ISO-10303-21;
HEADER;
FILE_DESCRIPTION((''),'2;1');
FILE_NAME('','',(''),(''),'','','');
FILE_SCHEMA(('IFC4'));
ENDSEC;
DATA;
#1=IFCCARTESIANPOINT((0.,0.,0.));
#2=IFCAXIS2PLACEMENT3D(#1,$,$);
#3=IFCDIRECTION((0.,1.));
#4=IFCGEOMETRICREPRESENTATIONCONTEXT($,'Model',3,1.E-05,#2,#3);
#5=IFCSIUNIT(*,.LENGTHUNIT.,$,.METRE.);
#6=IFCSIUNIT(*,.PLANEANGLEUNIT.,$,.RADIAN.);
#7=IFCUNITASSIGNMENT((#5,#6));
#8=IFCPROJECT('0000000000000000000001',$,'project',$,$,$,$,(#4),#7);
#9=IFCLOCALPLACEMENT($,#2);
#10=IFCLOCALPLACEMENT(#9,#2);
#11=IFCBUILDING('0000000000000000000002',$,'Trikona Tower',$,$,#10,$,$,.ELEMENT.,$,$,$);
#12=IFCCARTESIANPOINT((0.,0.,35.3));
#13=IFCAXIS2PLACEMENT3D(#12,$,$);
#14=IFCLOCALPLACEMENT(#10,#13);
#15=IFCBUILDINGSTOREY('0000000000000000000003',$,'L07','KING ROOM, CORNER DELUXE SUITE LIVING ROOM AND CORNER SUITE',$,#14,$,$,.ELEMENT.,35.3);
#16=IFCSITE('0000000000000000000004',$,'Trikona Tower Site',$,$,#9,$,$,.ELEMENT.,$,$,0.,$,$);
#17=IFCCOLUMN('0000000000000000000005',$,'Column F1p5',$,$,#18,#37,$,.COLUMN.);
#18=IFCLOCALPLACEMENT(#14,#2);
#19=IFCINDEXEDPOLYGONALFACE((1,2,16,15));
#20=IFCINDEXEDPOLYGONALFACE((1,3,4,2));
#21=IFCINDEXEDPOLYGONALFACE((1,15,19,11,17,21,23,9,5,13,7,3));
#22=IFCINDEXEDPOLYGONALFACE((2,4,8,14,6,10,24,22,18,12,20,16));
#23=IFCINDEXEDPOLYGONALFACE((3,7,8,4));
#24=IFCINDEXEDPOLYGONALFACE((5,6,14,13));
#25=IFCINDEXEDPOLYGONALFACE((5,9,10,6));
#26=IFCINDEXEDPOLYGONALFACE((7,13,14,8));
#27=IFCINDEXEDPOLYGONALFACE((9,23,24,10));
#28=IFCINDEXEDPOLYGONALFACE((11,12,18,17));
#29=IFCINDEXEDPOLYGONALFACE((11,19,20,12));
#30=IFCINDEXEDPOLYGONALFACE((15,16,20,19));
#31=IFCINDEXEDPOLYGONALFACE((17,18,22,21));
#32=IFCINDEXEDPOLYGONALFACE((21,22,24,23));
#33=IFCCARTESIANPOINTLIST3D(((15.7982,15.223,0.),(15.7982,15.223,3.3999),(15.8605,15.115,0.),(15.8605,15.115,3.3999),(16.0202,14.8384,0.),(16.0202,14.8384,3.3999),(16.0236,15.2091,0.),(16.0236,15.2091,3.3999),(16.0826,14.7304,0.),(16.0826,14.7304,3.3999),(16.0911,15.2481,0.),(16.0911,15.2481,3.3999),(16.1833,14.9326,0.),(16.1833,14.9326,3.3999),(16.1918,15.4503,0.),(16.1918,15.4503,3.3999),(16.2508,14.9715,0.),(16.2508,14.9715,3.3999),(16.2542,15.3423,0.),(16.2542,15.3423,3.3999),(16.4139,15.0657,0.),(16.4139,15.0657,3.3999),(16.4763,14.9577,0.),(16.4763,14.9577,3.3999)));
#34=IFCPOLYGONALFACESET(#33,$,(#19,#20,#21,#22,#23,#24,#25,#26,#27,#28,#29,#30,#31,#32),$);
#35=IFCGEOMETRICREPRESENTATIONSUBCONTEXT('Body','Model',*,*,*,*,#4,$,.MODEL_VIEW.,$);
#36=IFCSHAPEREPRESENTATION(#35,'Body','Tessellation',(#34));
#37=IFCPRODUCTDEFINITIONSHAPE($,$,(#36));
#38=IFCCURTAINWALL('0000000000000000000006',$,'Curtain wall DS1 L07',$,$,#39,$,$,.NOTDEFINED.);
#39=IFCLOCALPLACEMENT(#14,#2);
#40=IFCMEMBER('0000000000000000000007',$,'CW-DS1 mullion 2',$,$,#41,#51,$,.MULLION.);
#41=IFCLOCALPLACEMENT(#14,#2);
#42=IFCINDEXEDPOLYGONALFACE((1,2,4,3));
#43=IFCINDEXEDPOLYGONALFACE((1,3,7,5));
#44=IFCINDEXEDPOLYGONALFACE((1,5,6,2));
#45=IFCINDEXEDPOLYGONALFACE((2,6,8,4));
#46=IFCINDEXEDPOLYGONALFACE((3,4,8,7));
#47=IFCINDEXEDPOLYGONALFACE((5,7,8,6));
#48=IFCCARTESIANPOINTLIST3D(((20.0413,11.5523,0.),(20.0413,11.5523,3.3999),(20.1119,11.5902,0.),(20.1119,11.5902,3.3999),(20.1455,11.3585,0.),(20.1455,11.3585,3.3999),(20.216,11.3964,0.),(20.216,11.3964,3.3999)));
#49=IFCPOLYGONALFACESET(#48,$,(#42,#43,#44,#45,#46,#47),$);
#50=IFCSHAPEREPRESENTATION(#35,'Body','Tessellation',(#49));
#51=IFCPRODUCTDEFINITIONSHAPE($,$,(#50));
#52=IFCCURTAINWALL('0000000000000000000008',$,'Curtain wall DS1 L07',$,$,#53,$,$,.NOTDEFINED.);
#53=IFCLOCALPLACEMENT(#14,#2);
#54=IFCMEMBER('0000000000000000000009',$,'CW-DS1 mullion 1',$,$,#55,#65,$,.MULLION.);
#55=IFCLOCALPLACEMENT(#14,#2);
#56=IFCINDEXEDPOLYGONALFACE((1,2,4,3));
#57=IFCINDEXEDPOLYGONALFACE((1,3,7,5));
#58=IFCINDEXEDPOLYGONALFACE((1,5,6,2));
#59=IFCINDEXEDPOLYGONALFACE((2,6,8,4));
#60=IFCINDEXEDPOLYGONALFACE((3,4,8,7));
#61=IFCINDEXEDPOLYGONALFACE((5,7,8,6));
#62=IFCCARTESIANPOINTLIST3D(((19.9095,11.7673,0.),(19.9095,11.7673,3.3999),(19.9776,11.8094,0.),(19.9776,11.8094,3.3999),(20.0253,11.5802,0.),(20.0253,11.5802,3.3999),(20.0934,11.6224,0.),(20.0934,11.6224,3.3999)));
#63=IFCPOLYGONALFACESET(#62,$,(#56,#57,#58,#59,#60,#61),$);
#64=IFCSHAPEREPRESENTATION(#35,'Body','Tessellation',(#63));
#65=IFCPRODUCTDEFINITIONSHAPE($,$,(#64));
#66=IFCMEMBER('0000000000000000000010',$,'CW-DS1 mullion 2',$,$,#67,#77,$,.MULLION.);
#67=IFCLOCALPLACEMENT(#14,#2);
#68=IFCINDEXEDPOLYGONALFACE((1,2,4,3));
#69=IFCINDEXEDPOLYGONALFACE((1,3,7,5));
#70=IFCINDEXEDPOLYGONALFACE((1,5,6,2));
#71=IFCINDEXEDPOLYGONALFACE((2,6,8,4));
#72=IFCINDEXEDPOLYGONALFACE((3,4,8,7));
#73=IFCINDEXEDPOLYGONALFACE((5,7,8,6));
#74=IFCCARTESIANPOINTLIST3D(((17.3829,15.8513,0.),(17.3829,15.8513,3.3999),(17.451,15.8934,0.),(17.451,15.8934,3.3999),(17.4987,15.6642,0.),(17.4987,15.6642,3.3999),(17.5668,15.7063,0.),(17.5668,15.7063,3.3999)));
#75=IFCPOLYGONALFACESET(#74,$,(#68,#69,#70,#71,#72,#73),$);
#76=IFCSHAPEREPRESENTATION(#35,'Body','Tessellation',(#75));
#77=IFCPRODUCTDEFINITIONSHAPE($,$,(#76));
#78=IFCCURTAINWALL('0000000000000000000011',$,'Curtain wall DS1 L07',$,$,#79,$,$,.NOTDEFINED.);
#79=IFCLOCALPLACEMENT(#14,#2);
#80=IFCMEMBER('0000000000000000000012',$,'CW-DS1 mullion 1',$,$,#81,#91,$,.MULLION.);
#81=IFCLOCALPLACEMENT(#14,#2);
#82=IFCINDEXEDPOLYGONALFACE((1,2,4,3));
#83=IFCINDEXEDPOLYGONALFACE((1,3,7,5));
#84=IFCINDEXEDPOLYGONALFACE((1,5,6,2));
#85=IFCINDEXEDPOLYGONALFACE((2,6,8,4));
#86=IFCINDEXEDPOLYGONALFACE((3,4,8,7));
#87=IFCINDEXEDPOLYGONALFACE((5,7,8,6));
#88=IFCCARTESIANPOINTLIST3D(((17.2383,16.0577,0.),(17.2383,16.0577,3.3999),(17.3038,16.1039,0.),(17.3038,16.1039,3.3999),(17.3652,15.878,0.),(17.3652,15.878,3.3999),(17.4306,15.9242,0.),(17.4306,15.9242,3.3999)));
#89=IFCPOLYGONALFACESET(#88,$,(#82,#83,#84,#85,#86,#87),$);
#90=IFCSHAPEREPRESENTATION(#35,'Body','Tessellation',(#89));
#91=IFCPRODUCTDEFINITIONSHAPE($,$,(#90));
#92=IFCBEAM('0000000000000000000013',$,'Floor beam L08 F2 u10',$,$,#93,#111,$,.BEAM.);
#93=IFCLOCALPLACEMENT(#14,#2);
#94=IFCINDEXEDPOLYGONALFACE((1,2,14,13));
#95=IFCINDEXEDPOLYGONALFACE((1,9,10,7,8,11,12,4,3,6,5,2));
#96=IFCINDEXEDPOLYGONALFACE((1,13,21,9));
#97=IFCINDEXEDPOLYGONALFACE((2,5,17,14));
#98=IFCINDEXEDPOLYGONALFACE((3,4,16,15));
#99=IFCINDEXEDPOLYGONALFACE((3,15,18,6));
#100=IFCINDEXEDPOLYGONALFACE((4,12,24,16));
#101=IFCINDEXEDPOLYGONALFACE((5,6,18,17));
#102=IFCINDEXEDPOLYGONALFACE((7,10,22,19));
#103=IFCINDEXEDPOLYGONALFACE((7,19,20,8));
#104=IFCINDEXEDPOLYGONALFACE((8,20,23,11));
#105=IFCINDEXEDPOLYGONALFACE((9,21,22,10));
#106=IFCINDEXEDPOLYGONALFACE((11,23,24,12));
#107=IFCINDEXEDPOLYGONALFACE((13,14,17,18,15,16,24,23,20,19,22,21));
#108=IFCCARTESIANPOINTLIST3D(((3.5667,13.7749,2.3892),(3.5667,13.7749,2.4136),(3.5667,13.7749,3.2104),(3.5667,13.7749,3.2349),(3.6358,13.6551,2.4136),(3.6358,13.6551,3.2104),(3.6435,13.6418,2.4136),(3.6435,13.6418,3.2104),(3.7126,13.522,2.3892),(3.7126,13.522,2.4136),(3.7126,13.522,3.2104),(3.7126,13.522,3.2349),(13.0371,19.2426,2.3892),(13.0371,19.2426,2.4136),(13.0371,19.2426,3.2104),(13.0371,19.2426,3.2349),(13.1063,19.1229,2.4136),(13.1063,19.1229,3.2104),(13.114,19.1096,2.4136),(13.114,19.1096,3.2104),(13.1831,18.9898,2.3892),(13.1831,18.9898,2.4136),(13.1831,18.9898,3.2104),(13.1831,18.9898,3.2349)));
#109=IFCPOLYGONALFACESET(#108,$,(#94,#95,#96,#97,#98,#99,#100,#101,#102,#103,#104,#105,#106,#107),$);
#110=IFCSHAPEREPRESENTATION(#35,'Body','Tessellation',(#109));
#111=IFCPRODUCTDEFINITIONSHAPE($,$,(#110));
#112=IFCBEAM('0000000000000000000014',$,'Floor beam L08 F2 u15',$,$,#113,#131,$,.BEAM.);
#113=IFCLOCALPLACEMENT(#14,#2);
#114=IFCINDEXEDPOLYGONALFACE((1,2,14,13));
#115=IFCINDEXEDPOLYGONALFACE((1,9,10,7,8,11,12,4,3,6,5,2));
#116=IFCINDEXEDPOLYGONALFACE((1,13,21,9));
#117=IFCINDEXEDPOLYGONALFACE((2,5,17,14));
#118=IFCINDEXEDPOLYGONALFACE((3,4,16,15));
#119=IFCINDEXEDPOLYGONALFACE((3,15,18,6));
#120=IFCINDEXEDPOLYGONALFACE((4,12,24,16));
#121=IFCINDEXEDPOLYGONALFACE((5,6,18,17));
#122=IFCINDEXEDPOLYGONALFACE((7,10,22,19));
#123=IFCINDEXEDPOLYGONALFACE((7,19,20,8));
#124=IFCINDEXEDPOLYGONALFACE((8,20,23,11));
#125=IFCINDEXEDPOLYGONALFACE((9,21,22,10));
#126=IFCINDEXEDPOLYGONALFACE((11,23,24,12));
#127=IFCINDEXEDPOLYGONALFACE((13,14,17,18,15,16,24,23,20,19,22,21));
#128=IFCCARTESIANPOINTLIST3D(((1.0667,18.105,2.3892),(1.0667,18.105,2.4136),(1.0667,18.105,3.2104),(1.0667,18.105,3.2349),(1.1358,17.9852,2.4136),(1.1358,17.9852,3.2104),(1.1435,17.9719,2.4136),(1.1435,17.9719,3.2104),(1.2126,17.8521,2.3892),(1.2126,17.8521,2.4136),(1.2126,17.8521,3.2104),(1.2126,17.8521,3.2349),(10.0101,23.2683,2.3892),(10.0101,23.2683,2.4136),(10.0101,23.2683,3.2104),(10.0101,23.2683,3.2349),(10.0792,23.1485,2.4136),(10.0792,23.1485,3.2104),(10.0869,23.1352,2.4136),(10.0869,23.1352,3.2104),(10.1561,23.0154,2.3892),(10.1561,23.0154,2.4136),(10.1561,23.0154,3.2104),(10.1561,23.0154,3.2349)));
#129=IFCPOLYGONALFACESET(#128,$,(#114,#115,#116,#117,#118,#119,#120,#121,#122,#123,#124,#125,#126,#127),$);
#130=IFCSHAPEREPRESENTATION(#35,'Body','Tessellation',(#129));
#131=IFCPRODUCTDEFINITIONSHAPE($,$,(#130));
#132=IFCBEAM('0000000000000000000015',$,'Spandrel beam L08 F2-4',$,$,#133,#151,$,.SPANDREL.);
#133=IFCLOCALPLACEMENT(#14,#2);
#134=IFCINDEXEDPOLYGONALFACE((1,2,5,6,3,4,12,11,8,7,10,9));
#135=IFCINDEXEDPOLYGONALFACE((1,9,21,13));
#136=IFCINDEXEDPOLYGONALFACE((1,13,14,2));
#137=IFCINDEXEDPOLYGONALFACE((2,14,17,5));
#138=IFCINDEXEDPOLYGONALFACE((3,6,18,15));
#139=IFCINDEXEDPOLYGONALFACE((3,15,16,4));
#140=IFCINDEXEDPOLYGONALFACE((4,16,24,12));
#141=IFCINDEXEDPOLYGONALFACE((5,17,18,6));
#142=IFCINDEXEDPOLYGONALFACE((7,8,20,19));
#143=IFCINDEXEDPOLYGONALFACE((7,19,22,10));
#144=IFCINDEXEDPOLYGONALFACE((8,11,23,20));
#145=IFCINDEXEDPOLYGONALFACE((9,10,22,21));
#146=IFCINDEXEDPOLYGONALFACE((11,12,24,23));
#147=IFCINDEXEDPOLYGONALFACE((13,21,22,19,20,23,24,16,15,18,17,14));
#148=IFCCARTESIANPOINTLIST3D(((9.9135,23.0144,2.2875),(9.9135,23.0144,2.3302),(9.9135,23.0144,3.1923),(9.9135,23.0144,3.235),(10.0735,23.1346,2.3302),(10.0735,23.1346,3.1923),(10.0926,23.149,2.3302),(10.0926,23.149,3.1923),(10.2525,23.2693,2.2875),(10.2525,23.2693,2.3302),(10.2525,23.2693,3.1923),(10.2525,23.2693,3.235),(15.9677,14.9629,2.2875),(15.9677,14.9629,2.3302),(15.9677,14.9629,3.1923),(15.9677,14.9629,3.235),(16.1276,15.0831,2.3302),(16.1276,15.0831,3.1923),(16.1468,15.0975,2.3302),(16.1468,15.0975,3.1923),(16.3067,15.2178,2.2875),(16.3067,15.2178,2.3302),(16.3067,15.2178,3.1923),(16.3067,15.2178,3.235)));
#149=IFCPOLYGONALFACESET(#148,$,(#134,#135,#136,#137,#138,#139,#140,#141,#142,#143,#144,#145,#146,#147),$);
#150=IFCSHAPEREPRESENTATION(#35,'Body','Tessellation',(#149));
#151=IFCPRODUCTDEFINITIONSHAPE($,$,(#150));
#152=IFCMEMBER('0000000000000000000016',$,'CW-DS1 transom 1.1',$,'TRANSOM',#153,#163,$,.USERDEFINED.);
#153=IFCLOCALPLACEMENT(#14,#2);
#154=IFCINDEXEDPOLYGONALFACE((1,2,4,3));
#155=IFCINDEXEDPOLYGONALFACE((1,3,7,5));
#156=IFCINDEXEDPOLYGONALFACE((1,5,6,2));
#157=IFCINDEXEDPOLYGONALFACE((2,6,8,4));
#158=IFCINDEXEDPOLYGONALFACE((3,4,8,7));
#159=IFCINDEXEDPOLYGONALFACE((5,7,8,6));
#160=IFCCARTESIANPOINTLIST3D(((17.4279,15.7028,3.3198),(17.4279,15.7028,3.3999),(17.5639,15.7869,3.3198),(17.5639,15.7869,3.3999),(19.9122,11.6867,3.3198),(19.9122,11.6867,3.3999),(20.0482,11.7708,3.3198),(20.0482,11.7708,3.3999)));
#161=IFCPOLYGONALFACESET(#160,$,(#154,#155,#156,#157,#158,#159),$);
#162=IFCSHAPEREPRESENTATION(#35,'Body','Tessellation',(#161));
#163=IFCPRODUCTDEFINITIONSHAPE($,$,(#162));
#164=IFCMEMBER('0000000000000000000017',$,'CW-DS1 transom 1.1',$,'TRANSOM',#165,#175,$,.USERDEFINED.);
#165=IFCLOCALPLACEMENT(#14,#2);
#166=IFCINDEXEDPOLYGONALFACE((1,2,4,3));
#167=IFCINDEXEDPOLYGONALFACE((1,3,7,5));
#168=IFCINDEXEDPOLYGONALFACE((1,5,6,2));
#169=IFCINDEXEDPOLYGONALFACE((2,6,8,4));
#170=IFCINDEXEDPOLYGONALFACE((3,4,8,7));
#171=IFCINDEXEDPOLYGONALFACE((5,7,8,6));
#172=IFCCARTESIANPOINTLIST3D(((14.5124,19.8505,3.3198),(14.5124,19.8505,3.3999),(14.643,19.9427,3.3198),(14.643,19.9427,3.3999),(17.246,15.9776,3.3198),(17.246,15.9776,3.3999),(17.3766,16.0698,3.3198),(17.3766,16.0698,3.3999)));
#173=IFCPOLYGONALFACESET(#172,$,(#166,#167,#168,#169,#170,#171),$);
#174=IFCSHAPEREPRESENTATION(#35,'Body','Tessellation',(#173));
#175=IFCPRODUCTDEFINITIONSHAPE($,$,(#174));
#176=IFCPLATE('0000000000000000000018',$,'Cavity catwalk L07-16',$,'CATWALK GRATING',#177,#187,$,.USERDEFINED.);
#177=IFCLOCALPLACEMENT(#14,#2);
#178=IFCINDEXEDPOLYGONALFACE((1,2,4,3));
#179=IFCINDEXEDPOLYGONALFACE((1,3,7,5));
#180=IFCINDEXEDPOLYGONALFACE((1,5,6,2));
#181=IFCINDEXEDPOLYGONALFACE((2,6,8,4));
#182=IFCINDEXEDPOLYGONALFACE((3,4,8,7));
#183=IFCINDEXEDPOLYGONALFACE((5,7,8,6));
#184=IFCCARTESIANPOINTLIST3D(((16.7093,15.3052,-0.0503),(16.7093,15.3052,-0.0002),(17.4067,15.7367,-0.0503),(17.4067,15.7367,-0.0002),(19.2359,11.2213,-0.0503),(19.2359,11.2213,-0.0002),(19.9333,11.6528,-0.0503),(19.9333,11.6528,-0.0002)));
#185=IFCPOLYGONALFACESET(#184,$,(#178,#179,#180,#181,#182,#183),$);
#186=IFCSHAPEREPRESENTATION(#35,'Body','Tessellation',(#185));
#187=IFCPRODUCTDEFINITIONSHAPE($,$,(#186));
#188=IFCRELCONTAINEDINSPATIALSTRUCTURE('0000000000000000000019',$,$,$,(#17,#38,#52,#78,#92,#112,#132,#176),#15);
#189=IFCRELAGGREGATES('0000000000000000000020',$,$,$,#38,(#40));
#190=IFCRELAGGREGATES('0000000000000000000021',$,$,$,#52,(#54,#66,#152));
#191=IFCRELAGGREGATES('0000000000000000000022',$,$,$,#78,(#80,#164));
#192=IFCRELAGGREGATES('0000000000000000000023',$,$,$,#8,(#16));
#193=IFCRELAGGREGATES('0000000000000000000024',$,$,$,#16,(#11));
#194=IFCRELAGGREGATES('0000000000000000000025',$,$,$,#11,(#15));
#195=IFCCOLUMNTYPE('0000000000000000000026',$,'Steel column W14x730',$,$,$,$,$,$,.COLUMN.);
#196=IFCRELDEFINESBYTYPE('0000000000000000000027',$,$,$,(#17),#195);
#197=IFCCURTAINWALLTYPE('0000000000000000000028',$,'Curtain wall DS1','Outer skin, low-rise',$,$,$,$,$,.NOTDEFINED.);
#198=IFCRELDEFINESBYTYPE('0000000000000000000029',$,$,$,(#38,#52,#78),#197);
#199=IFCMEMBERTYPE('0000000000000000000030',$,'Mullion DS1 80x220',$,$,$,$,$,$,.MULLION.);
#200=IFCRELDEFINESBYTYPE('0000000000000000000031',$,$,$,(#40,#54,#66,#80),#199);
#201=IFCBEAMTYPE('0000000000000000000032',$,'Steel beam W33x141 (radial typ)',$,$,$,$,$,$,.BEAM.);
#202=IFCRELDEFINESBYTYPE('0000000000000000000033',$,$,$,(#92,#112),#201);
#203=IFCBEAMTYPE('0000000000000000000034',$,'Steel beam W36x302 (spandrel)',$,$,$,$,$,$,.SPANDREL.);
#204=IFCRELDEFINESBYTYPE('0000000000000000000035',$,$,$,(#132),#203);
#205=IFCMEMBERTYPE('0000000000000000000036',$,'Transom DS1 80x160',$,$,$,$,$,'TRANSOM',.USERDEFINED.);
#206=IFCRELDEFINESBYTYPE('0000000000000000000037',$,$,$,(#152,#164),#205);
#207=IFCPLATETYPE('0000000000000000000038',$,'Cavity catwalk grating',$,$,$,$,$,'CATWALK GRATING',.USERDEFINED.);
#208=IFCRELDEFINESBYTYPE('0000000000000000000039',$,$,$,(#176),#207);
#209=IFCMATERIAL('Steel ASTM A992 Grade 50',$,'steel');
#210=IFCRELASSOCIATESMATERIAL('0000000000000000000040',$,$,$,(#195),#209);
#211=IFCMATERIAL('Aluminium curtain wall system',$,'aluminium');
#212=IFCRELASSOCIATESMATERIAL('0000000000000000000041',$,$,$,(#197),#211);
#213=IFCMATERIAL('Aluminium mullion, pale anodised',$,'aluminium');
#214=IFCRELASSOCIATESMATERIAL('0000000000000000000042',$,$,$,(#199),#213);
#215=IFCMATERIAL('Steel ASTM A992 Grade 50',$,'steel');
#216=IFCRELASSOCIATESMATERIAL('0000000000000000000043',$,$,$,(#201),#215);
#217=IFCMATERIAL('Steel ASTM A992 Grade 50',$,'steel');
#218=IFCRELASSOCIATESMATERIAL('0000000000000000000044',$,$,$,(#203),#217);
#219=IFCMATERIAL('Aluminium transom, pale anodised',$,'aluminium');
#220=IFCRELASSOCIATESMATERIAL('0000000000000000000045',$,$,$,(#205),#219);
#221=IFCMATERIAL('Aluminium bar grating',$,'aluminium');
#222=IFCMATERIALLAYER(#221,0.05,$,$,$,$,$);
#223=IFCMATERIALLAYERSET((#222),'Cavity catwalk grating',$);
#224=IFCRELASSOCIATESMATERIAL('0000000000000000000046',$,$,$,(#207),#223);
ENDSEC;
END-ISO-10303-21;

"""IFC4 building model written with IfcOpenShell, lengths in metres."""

from ifc_helpers import new_model, si_unit, direction, frame, origin, origin_2d, place, context, subcontext, project, spatial, rectangle, i_section, extrude, material, layer, layer_set, material_profile, profile_set, type_object, element, aggregate, save


model = new_model("IFC4")

# Units and contexts
model_context = context("Model", 3, precision=1e-05, world=origin(), true_north=direction((0.0, 1.0)))
body_context = subcontext(model_context, "Body", "Model", "MODEL_VIEW")
ifc_project = project(units=[si_unit("LENGTHUNIT", "METRE"), si_unit("PLANEANGLEUNIT", "RADIAN")], contexts=[model_context])

# Site, building, storey
site_placement = place(None, origin())
site = spatial("IfcSite", under=ifc_project, at=site_placement, Name="Trikona Tower Site", CompositionType="ELEMENT", RefElevation=0.0)
building_placement = place(site_placement, origin())
building = spatial("IfcBuilding", under=site, at=building_placement, Name="Trikona Tower", CompositionType="ELEMENT")
storey_placement = place(building_placement, frame((0.0, 0.0, 35.3)))
storey = spatial("IfcBuildingStorey", under=building, at=storey_placement, Name="L07", Description="KING ROOM, CORNER DELUXE SUITE LIVING ROOM AND CORNER SUITE", CompositionType="ELEMENT", Elevation=35.3)

# Column
ifc_material_1 = material(Name="Steel ASTM A992 Grade 50", Category="steel")
ifc_material_profile_1 = material_profile(ifc_material_1, i_section(OverallWidth=0.4546, OverallDepth=0.5688, WebThickness=0.0779, FlangeThickness=0.1248, at=origin_2d()), Name="W14X730")
ifc_profile_set_1 = profile_set([ifc_material_profile_1], Name="Steel ASTM A992 Grade 50")
column_type = type_object("IfcColumnType", Name="Steel column W14x730", PredefinedType="COLUMN", material=ifc_profile_set_1)
column_placement = place(storey_placement, frame((16.1372, 15.0903, 0.0), z_axis=(0.0, 0.0, 1.0), x_axis=(0.866025, 0.5, 0.0)))
element("IfcColumn", 1, at=column_placement, inside=storey, type_object=column_type, Name="Column F1p5", PredefinedType="COLUMN", context=body_context, shape_type="SweptSolid", body=[
    extrude(i_section(OverallWidth=0.4546, OverallDepth=0.5688, WebThickness=0.0779, FlangeThickness=0.1248, at=origin_2d()), origin(), (0.0, 0.0, 1.0), 3.3999),
])

# Curtain wall, member
ifc_material_2 = material(Name="Aluminium curtain wall system", Category="aluminium")
curtain_wall_type = type_object("IfcCurtainWallType", Name="Curtain wall DS1", Description="Outer skin, low-rise", PredefinedType="NOTDEFINED", material=ifc_material_2)
curtain_wall_1_placement = place(storey_placement, origin())
curtain_wall_1 = element("IfcCurtainWall", 2, at=curtain_wall_1_placement, inside=storey, type_object=curtain_wall_type, Name="Curtain wall DS1 L07", PredefinedType="NOTDEFINED")
ifc_material_3 = material(Name="Aluminium mullion, pale anodised", Category="aluminium")
ifc_material_profile_2 = material_profile(ifc_material_3, rectangle(XDim=0.0801, YDim=0.22, at=origin_2d()), Name="MUL-DS1")
ifc_profile_set_2 = profile_set([ifc_material_profile_2], Name="Aluminium mullion, pale anodised")
member_type_1 = type_object("IfcMemberType", Name="Mullion DS1 80x220", PredefinedType="MULLION", material=ifc_profile_set_2)
member_1_placement = place(storey_placement, frame((20.1287, 11.4744, 0.0), z_axis=(0.0, 0.0, 1.0), x_axis=(-0.880843, -0.473408, 0.0)))
member_1 = element("IfcMember", 3, at=member_1_placement, type_object=member_type_1, Name="CW-DS1 mullion 2", PredefinedType="MULLION", context=body_context, shape_type="SweptSolid", body=[
    extrude(rectangle(XDim=0.0801, YDim=0.22, at=origin_2d()), origin(), (0.0, 0.0, 1.0), 3.3999),
])
aggregate(curtain_wall_1, [member_1])

# Curtain wall, members
curtain_wall_2_placement = place(storey_placement, origin())
curtain_wall_2 = element("IfcCurtainWall", 4, at=curtain_wall_2_placement, inside=storey, type_object=curtain_wall_type, Name="Curtain wall DS1 L07", PredefinedType="NOTDEFINED")
member_2_placement = place(storey_placement, frame((20.0015, 11.6948, 0.0), z_axis=(0.0, 0.0, 1.0), x_axis=(-0.85041, -0.52612, 0.0)))
member_2 = element("IfcMember", 5, at=member_2_placement, type_object=member_type_1, Name="CW-DS1 mullion 1", PredefinedType="MULLION", context=body_context, shape_type="SweptSolid", body=[
    extrude(rectangle(XDim=0.0801, YDim=0.22, at=origin_2d()), origin(), (0.0, 0.0, 1.0), 3.3999),
])
member_3_placement = place(storey_placement, frame((17.4749, 15.7788, 0.0), z_axis=(0.0, 0.0, 1.0), x_axis=(-0.85041, -0.52612, 0.0)))
member_3 = element("IfcMember", 6, at=member_3_placement, type_object=member_type_1, Name="CW-DS1 mullion 2", PredefinedType="MULLION", context=body_context, shape_type="SweptSolid", body=[
    extrude(rectangle(XDim=0.0801, YDim=0.22, at=origin_2d()), origin(), (0.0, 0.0, 1.0), 3.3999),
])

# Curtain wall, member
curtain_wall_3_placement = place(storey_placement, origin())
curtain_wall_3 = element("IfcCurtainWall", 7, at=curtain_wall_3_placement, inside=storey, type_object=curtain_wall_type, Name="Curtain wall DS1 L07", PredefinedType="NOTDEFINED")
member_4_placement = place(storey_placement, frame((17.3345, 15.991, 0.0), z_axis=(0.0, 0.0, 1.0), x_axis=(-0.816985, -0.576658, 0.0)))
member_4 = element("IfcMember", 8, at=member_4_placement, type_object=member_type_1, Name="CW-DS1 mullion 1", PredefinedType="MULLION", context=body_context, shape_type="SweptSolid", body=[
    extrude(rectangle(XDim=0.0801, YDim=0.22, at=origin_2d()), origin(), (0.0, 0.0, 1.0), 3.3999),
])

# Beams
ifc_material_4 = material(Name="Steel ASTM A992 Grade 50", Category="steel")
ifc_material_profile_3 = material_profile(ifc_material_4, i_section(OverallWidth=0.292, OverallDepth=0.8457, WebThickness=0.0154, FlangeThickness=0.0244, at=origin_2d()), Name="W33X141")
ifc_profile_set_3 = profile_set([ifc_material_profile_3], Name="Steel ASTM A992 Grade 50")
beam_type_1 = type_object("IfcBeamType", Name="Steel beam W33x141 (radial typ)", PredefinedType="BEAM", material=ifc_profile_set_3)
beam_1_placement = place(storey_placement, frame((3.6396, 13.6484, 2.812), z_axis=(0.866025, 0.5, 0.0), x_axis=(-0.5, 0.866025, 0.0)))
element("IfcBeam", 9, at=beam_1_placement, inside=storey, type_object=beam_type_1, Name="Floor beam L08 F2 u10", PredefinedType="BEAM", context=body_context, shape_type="SweptSolid", body=[
    extrude(i_section(OverallWidth=0.292, OverallDepth=0.8457, WebThickness=0.0154, FlangeThickness=0.0244, at=origin_2d()), origin(), (0.0, 0.0, 1.0), 10.9355),
])
beam_2_placement = place(storey_placement, frame((1.1396, 17.9785, 2.812), z_axis=(0.86603, 0.499991, 0.0), x_axis=(-0.499991, 0.86603, 0.0)))
element("IfcBeam", 10, at=beam_2_placement, inside=storey, type_object=beam_type_1, Name="Floor beam L08 F2 u15", PredefinedType="BEAM", context=body_context, shape_type="SweptSolid", body=[
    extrude(i_section(OverallWidth=0.292, OverallDepth=0.8457, WebThickness=0.0154, FlangeThickness=0.0244, at=origin_2d()), origin(), (0.0, 0.0, 1.0), 10.3269),
])
ifc_material_5 = material(Name="Steel ASTM A992 Grade 50", Category="steel")
ifc_material_profile_4 = material_profile(ifc_material_5, i_section(OverallWidth=0.4241, OverallDepth=0.9475, WebThickness=0.0239, FlangeThickness=0.0427, at=origin_2d()), Name="W36X302")
ifc_profile_set_4 = profile_set([ifc_material_profile_4], Name="Steel ASTM A992 Grade 50")
beam_type_2 = type_object("IfcBeamType", Name="Steel beam W36x302 (spandrel)", PredefinedType="SPANDREL", material=ifc_profile_set_4)
beam_3_placement = place(storey_placement, frame((16.1372, 15.0903, 2.7612), z_axis=(-0.600988, 0.799258, 0.0), x_axis=(-0.799258, -0.600988, 0.0)))
element("IfcBeam", 11, at=beam_3_placement, inside=storey, type_object=beam_type_2, Name="Spandrel beam L08 F2-4", PredefinedType="SPANDREL", context=body_context, shape_type="SweptSolid", body=[
    extrude(i_section(OverallWidth=0.4241, OverallDepth=0.9475, WebThickness=0.0239, FlangeThickness=0.0427, at=origin_2d()), origin(), (0.0, 0.0, 1.0), 10.0737),
])

# Members
ifc_material_6 = material(Name="Aluminium transom, pale anodised", Category="aluminium")
ifc_material_profile_5 = material_profile(ifc_material_6, rectangle(XDim=0.1599, YDim=0.0801, at=origin_2d()), Name="TRN-DS1")
ifc_profile_set_5 = profile_set([ifc_material_profile_5], Name="Aluminium transom, pale anodised")
member_type_2 = type_object("IfcMemberType", Name="Transom DS1 80x160", ElementType="TRANSOM", PredefinedType="USERDEFINED", material=ifc_profile_set_5)
member_5_placement = place(storey_placement, frame((19.9802, 11.7288, 3.3599), z_axis=(-0.526081, 0.850435, 0.0), x_axis=(-0.850435, -0.526081, 0.0)))
member_5 = element("IfcMember", 12, at=member_5_placement, type_object=member_type_2, Name="CW-DS1 transom 1.1", ObjectType="TRANSOM", PredefinedType="USERDEFINED", context=body_context, shape_type="SweptSolid", body=[
    extrude(rectangle(XDim=0.1599, YDim=0.0801, at=origin_2d()), origin(), (0.0, 0.0, 1.0), 4.7224),
])
member_6_placement = place(storey_placement, frame((17.3113, 16.0237, 3.3599), z_axis=(-0.576645, 0.816995, 0.0), x_axis=(-0.816995, -0.576645, 0.0)))
member_6 = element("IfcMember", 13, at=member_6_placement, type_object=member_type_2, Name="CW-DS1 transom 1.1", ObjectType="TRANSOM", PredefinedType="USERDEFINED", context=body_context, shape_type="SweptSolid", body=[
    extrude(rectangle(XDim=0.1599, YDim=0.0801, at=origin_2d()), origin(), (0.0, 0.0, 1.0), 4.7405),
])

# Plate
ifc_material_7 = material(Name="Aluminium bar grating", Category="aluminium")
ifc_layer_1 = layer(ifc_material_7, 0.05)
ifc_layer_set_1 = layer_set([ifc_layer_1], Name="Cavity catwalk grating")
plate_type_1 = type_object("IfcPlateType", Name="Cavity catwalk grating", ElementType="CATWALK GRATING", PredefinedType="USERDEFINED", material=ifc_layer_set_1)
plate_1_placement = place(storey_placement, frame((18.3213, 13.479, -0.0503), z_axis=(0.0, 0.0, 1.0), x_axis=(-0.526119, 0.850411, 0.0)))
element("IfcPlate", 14, at=plate_1_placement, inside=storey, type_object=plate_type_1, Name="Cavity catwalk L07-16", ObjectType="CATWALK GRATING", PredefinedType="USERDEFINED", context=body_context, shape_type="SweptSolid", body=[
    extrude(rectangle(XDim=4.8022, YDim=0.8201, at=origin_2d()), origin(), (0.0, 0.0, 1.0), 0.05),
])

aggregate(curtain_wall_2, [member_2, member_3, member_5])
aggregate(curtain_wall_3, [member_4, member_6])

save(model, "model.ifc")
